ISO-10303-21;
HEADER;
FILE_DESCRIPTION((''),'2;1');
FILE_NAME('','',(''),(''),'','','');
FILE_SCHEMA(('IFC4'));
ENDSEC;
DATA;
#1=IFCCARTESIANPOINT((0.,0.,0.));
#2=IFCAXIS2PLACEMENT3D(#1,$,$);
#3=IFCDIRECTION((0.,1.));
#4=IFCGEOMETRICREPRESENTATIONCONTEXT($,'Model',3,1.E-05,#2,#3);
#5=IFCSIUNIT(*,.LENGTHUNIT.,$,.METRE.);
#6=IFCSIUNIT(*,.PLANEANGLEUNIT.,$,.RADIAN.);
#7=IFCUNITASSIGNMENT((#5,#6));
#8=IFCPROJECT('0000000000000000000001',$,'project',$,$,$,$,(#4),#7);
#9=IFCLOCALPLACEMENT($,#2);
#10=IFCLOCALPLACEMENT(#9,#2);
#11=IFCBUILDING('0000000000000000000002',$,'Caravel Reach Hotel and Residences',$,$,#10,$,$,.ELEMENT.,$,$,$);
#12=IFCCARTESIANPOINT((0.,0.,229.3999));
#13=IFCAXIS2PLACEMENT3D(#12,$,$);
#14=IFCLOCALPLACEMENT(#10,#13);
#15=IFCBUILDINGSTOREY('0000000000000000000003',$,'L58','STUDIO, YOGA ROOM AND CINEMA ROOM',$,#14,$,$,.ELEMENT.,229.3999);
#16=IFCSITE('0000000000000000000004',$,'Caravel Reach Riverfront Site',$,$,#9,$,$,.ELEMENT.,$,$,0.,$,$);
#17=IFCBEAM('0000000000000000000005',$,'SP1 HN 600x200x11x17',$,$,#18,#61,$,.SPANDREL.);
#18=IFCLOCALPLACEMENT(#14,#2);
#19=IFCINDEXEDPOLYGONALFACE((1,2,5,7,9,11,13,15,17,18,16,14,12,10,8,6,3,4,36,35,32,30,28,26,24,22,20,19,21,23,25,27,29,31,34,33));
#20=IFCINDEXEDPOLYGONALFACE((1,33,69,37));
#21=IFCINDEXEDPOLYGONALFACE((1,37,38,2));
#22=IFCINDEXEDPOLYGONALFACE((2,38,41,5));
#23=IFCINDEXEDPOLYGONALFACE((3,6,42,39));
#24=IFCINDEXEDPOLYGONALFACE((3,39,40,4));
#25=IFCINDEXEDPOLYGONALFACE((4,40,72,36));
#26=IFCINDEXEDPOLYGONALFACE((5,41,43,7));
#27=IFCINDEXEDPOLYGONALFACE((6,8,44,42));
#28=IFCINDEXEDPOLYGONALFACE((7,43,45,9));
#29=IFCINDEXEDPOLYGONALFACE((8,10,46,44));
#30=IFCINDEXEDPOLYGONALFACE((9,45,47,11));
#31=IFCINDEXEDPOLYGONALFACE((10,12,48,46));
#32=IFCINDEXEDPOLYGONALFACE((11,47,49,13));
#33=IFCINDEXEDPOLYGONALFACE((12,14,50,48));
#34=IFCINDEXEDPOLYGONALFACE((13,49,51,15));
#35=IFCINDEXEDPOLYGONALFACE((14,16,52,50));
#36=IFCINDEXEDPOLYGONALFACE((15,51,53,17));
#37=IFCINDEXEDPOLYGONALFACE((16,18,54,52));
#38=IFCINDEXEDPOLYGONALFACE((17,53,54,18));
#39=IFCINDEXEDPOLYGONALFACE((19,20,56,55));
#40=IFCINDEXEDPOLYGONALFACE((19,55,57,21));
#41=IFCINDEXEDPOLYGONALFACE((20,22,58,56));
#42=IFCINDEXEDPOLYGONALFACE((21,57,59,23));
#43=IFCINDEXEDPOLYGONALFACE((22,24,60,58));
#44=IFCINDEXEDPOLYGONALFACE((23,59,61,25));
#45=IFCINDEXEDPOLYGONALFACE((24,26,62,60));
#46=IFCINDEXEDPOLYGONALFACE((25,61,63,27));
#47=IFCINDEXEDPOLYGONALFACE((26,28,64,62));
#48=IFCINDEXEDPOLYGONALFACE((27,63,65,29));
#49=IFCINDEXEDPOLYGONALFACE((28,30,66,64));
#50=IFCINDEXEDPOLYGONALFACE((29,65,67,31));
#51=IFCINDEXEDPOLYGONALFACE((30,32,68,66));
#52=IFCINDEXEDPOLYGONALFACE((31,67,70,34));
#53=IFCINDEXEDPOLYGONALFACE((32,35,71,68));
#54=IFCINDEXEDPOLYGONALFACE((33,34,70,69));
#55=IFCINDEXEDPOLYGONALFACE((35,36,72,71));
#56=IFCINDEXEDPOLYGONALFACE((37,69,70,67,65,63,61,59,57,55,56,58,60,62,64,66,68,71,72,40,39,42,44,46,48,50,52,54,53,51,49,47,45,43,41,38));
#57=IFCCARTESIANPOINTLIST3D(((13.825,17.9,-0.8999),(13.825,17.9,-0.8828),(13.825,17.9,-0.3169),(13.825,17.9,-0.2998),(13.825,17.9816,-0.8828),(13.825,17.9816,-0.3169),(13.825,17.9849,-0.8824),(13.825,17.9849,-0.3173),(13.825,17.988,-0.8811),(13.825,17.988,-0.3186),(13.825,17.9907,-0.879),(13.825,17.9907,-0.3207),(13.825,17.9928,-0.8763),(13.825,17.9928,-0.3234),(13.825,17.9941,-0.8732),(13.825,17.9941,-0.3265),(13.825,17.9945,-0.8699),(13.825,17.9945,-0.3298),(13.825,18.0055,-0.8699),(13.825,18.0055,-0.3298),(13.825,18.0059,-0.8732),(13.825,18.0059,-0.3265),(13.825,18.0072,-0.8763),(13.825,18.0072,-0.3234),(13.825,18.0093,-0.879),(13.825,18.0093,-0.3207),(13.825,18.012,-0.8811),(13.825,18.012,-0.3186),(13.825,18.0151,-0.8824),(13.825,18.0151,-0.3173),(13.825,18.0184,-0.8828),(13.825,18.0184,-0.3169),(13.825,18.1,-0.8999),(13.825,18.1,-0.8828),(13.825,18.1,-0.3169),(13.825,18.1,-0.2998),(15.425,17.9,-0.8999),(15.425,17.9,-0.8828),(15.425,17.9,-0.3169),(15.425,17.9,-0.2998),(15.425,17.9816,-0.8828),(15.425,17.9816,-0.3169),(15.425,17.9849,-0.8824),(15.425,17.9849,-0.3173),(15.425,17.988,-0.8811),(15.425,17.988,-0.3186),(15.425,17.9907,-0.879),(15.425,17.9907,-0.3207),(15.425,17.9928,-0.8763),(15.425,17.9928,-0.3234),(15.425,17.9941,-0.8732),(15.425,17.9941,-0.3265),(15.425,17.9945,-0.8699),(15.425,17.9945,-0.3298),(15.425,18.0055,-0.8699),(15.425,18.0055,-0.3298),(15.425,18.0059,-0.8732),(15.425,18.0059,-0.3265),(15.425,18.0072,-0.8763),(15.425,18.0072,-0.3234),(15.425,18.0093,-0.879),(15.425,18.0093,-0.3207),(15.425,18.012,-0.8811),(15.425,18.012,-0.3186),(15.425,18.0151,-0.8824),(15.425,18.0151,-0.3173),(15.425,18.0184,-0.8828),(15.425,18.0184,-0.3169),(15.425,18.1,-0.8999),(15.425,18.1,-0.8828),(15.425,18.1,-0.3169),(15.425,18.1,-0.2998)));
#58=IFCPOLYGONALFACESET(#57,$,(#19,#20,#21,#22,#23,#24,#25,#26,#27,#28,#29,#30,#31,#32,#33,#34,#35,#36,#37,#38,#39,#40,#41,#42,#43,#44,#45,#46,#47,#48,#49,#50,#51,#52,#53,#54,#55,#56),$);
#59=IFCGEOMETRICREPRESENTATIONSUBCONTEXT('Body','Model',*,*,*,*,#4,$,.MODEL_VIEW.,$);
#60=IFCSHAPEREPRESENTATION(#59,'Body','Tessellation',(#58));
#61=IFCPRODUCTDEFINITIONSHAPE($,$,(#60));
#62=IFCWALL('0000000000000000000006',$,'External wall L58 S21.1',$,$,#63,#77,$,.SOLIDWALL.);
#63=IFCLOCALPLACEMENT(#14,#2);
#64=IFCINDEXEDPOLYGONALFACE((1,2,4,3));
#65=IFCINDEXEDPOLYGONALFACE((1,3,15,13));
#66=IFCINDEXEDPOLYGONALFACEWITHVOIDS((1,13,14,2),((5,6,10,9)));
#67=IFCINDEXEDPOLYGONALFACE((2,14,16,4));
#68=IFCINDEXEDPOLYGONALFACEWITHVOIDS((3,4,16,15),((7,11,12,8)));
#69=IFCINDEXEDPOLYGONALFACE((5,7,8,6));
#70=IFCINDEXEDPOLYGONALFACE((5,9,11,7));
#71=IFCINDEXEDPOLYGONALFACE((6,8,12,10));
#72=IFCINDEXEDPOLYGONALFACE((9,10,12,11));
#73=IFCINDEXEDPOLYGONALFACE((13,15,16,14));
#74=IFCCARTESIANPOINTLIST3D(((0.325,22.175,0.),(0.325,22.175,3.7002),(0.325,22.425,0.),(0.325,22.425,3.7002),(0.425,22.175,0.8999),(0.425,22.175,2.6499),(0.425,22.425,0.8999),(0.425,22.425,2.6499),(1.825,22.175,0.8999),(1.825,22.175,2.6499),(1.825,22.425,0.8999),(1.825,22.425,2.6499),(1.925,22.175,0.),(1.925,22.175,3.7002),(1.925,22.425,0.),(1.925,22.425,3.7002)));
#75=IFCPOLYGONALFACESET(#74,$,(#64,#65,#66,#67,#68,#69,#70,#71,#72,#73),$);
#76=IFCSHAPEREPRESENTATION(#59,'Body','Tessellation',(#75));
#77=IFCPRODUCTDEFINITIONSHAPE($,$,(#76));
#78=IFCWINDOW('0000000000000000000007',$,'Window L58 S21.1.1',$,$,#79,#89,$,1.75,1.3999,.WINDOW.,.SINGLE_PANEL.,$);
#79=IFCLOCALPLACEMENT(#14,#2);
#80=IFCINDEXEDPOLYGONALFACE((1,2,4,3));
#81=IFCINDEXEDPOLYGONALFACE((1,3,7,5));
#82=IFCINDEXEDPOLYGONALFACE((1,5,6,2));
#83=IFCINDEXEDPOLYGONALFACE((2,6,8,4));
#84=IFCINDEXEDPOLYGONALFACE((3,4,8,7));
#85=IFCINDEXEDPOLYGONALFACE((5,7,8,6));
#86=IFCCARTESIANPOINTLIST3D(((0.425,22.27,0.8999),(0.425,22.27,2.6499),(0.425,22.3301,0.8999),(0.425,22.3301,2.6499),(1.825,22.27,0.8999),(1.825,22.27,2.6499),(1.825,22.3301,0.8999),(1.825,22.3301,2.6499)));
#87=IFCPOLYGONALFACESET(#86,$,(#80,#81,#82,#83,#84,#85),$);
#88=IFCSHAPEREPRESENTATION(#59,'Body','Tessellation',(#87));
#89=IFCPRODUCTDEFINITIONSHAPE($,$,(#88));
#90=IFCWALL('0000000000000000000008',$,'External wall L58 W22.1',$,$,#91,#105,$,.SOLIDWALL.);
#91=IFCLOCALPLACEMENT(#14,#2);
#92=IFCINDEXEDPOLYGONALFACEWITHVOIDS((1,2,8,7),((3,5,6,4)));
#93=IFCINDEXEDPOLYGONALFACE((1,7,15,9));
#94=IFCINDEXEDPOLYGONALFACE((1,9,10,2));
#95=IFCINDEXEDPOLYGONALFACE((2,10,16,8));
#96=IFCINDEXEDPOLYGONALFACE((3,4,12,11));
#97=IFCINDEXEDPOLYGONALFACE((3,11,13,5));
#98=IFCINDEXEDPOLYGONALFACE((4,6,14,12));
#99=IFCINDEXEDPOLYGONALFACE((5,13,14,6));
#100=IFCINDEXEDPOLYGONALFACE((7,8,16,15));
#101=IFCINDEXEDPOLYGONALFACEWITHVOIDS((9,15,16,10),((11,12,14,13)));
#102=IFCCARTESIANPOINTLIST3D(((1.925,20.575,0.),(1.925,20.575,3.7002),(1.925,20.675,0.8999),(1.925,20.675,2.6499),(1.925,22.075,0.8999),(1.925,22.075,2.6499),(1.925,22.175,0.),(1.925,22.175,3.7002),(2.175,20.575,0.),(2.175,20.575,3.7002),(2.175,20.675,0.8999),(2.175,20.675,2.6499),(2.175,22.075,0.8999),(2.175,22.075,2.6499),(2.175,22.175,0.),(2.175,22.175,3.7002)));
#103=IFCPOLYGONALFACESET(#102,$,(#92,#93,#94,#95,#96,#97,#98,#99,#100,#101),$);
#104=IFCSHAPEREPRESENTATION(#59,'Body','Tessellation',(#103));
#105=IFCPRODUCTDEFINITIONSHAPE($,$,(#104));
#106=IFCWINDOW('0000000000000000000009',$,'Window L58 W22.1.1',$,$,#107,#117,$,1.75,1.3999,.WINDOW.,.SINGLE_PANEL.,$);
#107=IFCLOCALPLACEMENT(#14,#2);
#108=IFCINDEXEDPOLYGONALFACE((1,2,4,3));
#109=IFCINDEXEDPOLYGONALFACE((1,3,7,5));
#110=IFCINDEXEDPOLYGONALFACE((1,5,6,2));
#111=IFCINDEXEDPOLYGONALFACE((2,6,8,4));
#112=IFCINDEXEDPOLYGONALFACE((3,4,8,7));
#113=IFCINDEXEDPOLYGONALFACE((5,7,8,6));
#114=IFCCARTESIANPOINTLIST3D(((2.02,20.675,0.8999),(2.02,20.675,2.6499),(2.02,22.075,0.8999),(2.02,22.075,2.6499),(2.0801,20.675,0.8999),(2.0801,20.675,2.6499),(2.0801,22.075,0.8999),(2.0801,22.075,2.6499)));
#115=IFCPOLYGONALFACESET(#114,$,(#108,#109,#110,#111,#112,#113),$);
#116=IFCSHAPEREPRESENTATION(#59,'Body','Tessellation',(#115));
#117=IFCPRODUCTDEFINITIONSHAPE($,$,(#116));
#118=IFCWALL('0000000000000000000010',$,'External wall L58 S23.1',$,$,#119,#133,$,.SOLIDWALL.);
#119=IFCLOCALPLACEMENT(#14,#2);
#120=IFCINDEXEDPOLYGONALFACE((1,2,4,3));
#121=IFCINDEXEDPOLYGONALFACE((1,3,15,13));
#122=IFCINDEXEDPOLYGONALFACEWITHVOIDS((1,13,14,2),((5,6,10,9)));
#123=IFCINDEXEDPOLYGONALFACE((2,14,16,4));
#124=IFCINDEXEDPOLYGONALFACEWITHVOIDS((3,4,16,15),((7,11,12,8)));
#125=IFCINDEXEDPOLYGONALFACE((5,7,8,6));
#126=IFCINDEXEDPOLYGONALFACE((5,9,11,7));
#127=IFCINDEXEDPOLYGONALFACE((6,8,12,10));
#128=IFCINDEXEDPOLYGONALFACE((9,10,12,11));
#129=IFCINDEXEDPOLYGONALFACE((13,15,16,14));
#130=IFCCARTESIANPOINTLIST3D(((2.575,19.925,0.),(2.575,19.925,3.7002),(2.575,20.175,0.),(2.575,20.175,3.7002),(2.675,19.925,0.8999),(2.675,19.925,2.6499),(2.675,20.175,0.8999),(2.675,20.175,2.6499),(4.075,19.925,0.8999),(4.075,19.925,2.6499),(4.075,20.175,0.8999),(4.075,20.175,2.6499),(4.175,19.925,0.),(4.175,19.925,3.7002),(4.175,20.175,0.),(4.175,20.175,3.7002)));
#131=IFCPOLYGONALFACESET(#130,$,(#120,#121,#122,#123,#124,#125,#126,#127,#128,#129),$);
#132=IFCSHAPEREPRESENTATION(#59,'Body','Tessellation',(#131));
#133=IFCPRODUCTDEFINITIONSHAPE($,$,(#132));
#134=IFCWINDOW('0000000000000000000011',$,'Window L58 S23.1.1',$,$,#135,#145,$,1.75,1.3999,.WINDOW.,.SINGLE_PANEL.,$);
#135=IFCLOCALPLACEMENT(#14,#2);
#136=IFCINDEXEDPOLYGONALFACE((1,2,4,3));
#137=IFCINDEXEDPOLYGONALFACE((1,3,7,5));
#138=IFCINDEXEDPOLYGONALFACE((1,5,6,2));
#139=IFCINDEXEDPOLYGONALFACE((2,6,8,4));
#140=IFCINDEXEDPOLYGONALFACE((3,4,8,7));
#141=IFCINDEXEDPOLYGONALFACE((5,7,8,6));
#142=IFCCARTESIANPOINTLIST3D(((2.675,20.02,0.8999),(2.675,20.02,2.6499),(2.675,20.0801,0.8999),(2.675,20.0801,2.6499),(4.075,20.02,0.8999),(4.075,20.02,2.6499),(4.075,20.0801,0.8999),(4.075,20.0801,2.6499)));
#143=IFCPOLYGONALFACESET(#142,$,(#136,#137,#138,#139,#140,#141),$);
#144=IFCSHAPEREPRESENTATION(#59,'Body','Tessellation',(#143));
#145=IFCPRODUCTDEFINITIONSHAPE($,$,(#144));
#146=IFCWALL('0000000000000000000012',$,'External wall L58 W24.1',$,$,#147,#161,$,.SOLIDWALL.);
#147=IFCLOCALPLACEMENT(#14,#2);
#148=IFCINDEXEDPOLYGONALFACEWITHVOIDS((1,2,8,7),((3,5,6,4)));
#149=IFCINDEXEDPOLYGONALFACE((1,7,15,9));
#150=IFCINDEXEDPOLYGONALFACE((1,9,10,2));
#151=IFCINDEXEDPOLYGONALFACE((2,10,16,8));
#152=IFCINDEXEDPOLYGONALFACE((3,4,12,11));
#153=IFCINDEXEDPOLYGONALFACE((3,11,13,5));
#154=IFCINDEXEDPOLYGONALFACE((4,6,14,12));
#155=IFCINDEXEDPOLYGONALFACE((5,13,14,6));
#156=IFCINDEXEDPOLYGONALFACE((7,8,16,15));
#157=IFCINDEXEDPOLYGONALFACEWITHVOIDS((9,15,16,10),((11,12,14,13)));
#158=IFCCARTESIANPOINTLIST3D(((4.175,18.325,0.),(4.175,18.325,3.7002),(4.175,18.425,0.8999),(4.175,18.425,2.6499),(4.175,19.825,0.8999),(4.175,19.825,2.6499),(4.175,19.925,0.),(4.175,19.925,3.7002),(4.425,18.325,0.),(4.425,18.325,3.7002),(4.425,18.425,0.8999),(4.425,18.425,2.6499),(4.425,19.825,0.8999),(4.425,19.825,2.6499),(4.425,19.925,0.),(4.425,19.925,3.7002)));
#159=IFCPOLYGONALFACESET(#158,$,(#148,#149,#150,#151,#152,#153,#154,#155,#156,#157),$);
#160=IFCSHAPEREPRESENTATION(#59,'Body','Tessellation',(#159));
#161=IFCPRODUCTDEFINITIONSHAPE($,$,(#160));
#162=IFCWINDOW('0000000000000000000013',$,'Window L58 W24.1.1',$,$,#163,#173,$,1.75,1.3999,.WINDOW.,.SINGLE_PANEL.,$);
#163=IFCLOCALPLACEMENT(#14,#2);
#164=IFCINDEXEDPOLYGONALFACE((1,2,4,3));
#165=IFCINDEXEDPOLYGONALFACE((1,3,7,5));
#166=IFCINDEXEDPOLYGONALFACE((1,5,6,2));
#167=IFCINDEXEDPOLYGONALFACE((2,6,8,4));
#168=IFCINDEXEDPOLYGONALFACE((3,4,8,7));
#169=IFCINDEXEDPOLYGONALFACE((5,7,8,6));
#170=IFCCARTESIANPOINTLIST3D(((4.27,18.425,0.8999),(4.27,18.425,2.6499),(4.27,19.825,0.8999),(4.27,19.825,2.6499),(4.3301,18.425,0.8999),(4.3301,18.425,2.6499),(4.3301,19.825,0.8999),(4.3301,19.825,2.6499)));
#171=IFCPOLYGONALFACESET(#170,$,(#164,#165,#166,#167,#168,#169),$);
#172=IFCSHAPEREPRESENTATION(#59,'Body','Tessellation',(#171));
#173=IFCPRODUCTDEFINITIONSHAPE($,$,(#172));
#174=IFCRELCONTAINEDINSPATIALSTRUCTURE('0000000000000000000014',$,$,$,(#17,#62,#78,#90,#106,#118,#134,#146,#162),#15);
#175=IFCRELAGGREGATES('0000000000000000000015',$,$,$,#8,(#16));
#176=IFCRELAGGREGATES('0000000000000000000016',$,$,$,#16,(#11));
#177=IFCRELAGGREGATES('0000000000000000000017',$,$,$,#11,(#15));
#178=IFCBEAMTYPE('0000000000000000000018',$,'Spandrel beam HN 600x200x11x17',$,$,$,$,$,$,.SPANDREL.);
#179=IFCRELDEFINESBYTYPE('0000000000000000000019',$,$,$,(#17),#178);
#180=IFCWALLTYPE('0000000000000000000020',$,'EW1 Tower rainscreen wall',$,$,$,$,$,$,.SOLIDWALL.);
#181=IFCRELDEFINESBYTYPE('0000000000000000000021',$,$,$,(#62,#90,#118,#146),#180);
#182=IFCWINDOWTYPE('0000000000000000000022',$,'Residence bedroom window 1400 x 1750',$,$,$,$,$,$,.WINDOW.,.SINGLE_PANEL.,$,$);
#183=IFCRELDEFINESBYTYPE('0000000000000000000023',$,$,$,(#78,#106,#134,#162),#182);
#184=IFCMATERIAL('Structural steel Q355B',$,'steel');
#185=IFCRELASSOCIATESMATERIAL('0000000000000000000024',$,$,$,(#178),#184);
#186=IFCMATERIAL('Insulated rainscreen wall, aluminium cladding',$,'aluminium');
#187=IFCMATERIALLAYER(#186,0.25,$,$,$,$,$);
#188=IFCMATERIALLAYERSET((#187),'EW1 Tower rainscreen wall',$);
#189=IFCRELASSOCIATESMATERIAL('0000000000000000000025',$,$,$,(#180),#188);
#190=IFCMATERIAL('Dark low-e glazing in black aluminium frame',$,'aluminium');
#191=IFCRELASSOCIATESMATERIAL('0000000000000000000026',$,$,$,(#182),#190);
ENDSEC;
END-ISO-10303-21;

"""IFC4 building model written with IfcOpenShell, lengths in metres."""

from ifc_helpers import new_model, si_unit, direction, frame, frame_2d, origin, origin_2d, place, context, subcontext, project, spatial, rectangle, i_section, extrude, material, layer, layer_set, material_profile, profile_set, type_object, element, fill, save


model = new_model("IFC4")

# Units and contexts
model_context = context("Model", 3, precision=1e-05, world=origin(), true_north=direction((0.0, 1.0)))
body_context = subcontext(model_context, "Body", "Model", "MODEL_VIEW")
ifc_project = project(units=[si_unit("LENGTHUNIT", "METRE"), si_unit("PLANEANGLEUNIT", "RADIAN")], contexts=[model_context])

# Site, building, storey
site_placement = place(None, origin())
site = spatial("IfcSite", under=ifc_project, at=site_placement, Name="Caravel Reach Riverfront Site", CompositionType="ELEMENT", RefElevation=0.0)
building_placement = place(site_placement, origin())
building = spatial("IfcBuilding", under=site, at=building_placement, Name="Caravel Reach Hotel and Residences", CompositionType="ELEMENT")
storey_placement = place(building_placement, frame((0.0, 0.0, 229.3999)))
storey = spatial("IfcBuildingStorey", under=building, at=storey_placement, Name="L58", Description="STUDIO, YOGA ROOM AND CINEMA ROOM", CompositionType="ELEMENT", Elevation=229.3999)

# Beam
ifc_material_1 = material(Name="Structural steel Q355B", Category="steel")
ifc_material_profile_1 = material_profile(ifc_material_1, i_section(OverallWidth=0.2, OverallDepth=0.6001, WebThickness=0.011, FlangeThickness=0.0171, FilletRadius=0.0129, at=origin_2d()), Name="HN 600x200x11x17")
ifc_profile_set_1 = profile_set([ifc_material_profile_1], Name="Structural steel Q355B")
beam_type_1 = type_object("IfcBeamType", Name="Spandrel beam HN 600x200x11x17", PredefinedType="SPANDREL", material=ifc_profile_set_1)
beam_1_placement = place(storey_placement, frame((13.825, 18.0, -0.5999), z_axis=(1.0, 0.0, 0.0), x_axis=(0.0, 1.0, 0.0)))
element("IfcBeam", 1, at=beam_1_placement, inside=storey, type_object=beam_type_1, Name="SP1 HN 600x200x11x17", PredefinedType="SPANDREL", context=body_context, shape_type="SweptSolid", body=[
    extrude(i_section(OverallWidth=0.2, OverallDepth=0.6001, WebThickness=0.011, FlangeThickness=0.0171, FilletRadius=0.0129, at=origin_2d()), origin(), (0.0, 0.0, 1.0), 1.6001),
])

# Walls, openings, windows
ifc_material_2 = material(Name="Insulated rainscreen wall, aluminium cladding", Category="aluminium")
ifc_layer_1 = layer(ifc_material_2, 0.25)
ifc_layer_set_1 = layer_set([ifc_layer_1], Name="EW1 Tower rainscreen wall")
wall_type_1 = type_object("IfcWallType", Name="EW1 Tower rainscreen wall", PredefinedType="SOLIDWALL", material=ifc_layer_set_1)
wall_1_placement = place(storey_placement, frame((0.325, 22.3, 0.0), z_axis=(0.0, 0.0, 1.0), x_axis=(1.0, 0.0, 0.0)))
wall_1 = element("IfcWall", 2, at=wall_1_placement, inside=storey, type_object=wall_type_1, Name="External wall L58 S21.1", PredefinedType="SOLIDWALL", context=body_context, shape_type="SweptSolid", body=[
    extrude(rectangle(XDim=1.6001, YDim=0.25, at=frame_2d((0.8, 0.0))), origin(), (0.0, 0.0, 1.0), 3.7002),
])
opening_1_placement = place(wall_1_placement, frame((0.1001, 0.0, 0.8999)))
opening_1 = element("IfcOpeningElement", 3, at=opening_1_placement, cuts=wall_1, PredefinedType="OPENING", context=body_context, shape_type="SweptSolid", body=[
    extrude(rectangle(XDim=1.3999, YDim=1.75, at=frame_2d((0.7, 0.875))), frame((0.0, 0.135, 0.0), z_axis=(0.0, -1.0, 0.0), x_axis=(1.0, 0.0, 0.0)), (0.0, 0.0, 1.0), 0.27),
])
ifc_material_3 = material(Name="Dark low-e glazing in black aluminium frame", Category="aluminium")
window_type = type_object("IfcWindowType", Name="Residence bedroom window 1400 x 1750", PartitioningType="SINGLE_PANEL", PredefinedType="WINDOW", material=ifc_material_3)
window_1_placement = place(opening_1_placement, origin())
window_1 = element("IfcWindow", 4, at=window_1_placement, inside=storey, type_object=window_type, Name="Window L58 S21.1.1", OverallHeight=1.75, OverallWidth=1.3999, PartitioningType="SINGLE_PANEL", PredefinedType="WINDOW", context=body_context, shape_type="SweptSolid", body=[
    extrude(rectangle(XDim=1.3999, YDim=1.75, at=frame_2d((0.7, 0.875))), frame((0.0, 0.03, 0.0), z_axis=(0.0, -1.0, 0.0), x_axis=(1.0, 0.0, 0.0)), (0.0, 0.0, 1.0), 0.0601),
])
fill(opening_1, window_1)
wall_2_placement = place(storey_placement, frame((2.05, 22.175, 0.0), z_axis=(0.0, 0.0, 1.0), x_axis=(0.0, -1.0, 0.0)))
wall_2 = element("IfcWall", 5, at=wall_2_placement, inside=storey, type_object=wall_type_1, Name="External wall L58 W22.1", PredefinedType="SOLIDWALL", context=body_context, shape_type="SweptSolid", body=[
    extrude(rectangle(XDim=1.6001, YDim=0.25, at=frame_2d((0.8, 0.0))), origin(), (0.0, 0.0, 1.0), 3.7002),
])
opening_2_placement = place(wall_2_placement, frame((0.1001, 0.0, 0.8999)))
opening_2 = element("IfcOpeningElement", 6, at=opening_2_placement, cuts=wall_2, PredefinedType="OPENING", context=body_context, shape_type="SweptSolid", body=[
    extrude(rectangle(XDim=1.3999, YDim=1.75, at=frame_2d((0.7, 0.875))), frame((0.0, 0.135, 0.0), z_axis=(0.0, -1.0, 0.0), x_axis=(1.0, 0.0, 0.0)), (0.0, 0.0, 1.0), 0.27),
])
window_2_placement = place(opening_2_placement, origin())
window_2 = element("IfcWindow", 7, at=window_2_placement, inside=storey, type_object=window_type, Name="Window L58 W22.1.1", OverallHeight=1.75, OverallWidth=1.3999, PartitioningType="SINGLE_PANEL", PredefinedType="WINDOW", context=body_context, shape_type="SweptSolid", body=[
    extrude(rectangle(XDim=1.3999, YDim=1.75, at=frame_2d((0.7, 0.875))), frame((0.0, 0.03, 0.0), z_axis=(0.0, -1.0, 0.0), x_axis=(1.0, 0.0, 0.0)), (0.0, 0.0, 1.0), 0.0601),
])
fill(opening_2, window_2)
wall_3_placement = place(storey_placement, frame((2.575, 20.05, 0.0), z_axis=(0.0, 0.0, 1.0), x_axis=(1.0, 0.0, 0.0)))
wall_3 = element("IfcWall", 8, at=wall_3_placement, inside=storey, type_object=wall_type_1, Name="External wall L58 S23.1", PredefinedType="SOLIDWALL", context=body_context, shape_type="SweptSolid", body=[
    extrude(rectangle(XDim=1.6001, YDim=0.25, at=frame_2d((0.8, 0.0))), origin(), (0.0, 0.0, 1.0), 3.7002),
])
opening_3_placement = place(wall_3_placement, frame((0.1001, 0.0, 0.8999)))
opening_3 = element("IfcOpeningElement", 9, at=opening_3_placement, cuts=wall_3, PredefinedType="OPENING", context=body_context, shape_type="SweptSolid", body=[
    extrude(rectangle(XDim=1.3999, YDim=1.75, at=frame_2d((0.7, 0.875))), frame((0.0, 0.135, 0.0), z_axis=(0.0, -1.0, 0.0), x_axis=(1.0, 0.0, 0.0)), (0.0, 0.0, 1.0), 0.27),
])
window_3_placement = place(opening_3_placement, origin())
window_3 = element("IfcWindow", 10, at=window_3_placement, inside=storey, type_object=window_type, Name="Window L58 S23.1.1", OverallHeight=1.75, OverallWidth=1.3999, PartitioningType="SINGLE_PANEL", PredefinedType="WINDOW", context=body_context, shape_type="SweptSolid", body=[
    extrude(rectangle(XDim=1.3999, YDim=1.75, at=frame_2d((0.7, 0.875))), frame((0.0, 0.03, 0.0), z_axis=(0.0, -1.0, 0.0), x_axis=(1.0, 0.0, 0.0)), (0.0, 0.0, 1.0), 0.0601),
])
fill(opening_3, window_3)
wall_4_placement = place(storey_placement, frame((4.3, 19.925, 0.0), z_axis=(0.0, 0.0, 1.0), x_axis=(0.0, -1.0, 0.0)))
wall_4 = element("IfcWall", 11, at=wall_4_placement, inside=storey, type_object=wall_type_1, Name="External wall L58 W24.1", PredefinedType="SOLIDWALL", context=body_context, shape_type="SweptSolid", body=[
    extrude(rectangle(XDim=1.6001, YDim=0.25, at=frame_2d((0.8, 0.0))), origin(), (0.0, 0.0, 1.0), 3.7002),
])
opening_4_placement = place(wall_4_placement, frame((0.1001, 0.0, 0.8999)))
opening_4 = element("IfcOpeningElement", 12, at=opening_4_placement, cuts=wall_4, PredefinedType="OPENING", context=body_context, shape_type="SweptSolid", body=[
    extrude(rectangle(XDim=1.3999, YDim=1.75, at=frame_2d((0.7, 0.875))), frame((0.0, 0.135, 0.0), z_axis=(0.0, -1.0, 0.0), x_axis=(1.0, 0.0, 0.0)), (0.0, 0.0, 1.0), 0.27),
])
window_4_placement = place(opening_4_placement, origin())
window_4 = element("IfcWindow", 13, at=window_4_placement, inside=storey, type_object=window_type, Name="Window L58 W24.1.1", OverallHeight=1.75, OverallWidth=1.3999, PartitioningType="SINGLE_PANEL", PredefinedType="WINDOW", context=body_context, shape_type="SweptSolid", body=[
    extrude(rectangle(XDim=1.3999, YDim=1.75, at=frame_2d((0.7, 0.875))), frame((0.0, 0.03, 0.0), z_axis=(0.0, -1.0, 0.0), x_axis=(1.0, 0.0, 0.0)), (0.0, 0.0, 1.0), 0.0601),
])
fill(opening_4, window_4)

save(model, "model.ifc")
